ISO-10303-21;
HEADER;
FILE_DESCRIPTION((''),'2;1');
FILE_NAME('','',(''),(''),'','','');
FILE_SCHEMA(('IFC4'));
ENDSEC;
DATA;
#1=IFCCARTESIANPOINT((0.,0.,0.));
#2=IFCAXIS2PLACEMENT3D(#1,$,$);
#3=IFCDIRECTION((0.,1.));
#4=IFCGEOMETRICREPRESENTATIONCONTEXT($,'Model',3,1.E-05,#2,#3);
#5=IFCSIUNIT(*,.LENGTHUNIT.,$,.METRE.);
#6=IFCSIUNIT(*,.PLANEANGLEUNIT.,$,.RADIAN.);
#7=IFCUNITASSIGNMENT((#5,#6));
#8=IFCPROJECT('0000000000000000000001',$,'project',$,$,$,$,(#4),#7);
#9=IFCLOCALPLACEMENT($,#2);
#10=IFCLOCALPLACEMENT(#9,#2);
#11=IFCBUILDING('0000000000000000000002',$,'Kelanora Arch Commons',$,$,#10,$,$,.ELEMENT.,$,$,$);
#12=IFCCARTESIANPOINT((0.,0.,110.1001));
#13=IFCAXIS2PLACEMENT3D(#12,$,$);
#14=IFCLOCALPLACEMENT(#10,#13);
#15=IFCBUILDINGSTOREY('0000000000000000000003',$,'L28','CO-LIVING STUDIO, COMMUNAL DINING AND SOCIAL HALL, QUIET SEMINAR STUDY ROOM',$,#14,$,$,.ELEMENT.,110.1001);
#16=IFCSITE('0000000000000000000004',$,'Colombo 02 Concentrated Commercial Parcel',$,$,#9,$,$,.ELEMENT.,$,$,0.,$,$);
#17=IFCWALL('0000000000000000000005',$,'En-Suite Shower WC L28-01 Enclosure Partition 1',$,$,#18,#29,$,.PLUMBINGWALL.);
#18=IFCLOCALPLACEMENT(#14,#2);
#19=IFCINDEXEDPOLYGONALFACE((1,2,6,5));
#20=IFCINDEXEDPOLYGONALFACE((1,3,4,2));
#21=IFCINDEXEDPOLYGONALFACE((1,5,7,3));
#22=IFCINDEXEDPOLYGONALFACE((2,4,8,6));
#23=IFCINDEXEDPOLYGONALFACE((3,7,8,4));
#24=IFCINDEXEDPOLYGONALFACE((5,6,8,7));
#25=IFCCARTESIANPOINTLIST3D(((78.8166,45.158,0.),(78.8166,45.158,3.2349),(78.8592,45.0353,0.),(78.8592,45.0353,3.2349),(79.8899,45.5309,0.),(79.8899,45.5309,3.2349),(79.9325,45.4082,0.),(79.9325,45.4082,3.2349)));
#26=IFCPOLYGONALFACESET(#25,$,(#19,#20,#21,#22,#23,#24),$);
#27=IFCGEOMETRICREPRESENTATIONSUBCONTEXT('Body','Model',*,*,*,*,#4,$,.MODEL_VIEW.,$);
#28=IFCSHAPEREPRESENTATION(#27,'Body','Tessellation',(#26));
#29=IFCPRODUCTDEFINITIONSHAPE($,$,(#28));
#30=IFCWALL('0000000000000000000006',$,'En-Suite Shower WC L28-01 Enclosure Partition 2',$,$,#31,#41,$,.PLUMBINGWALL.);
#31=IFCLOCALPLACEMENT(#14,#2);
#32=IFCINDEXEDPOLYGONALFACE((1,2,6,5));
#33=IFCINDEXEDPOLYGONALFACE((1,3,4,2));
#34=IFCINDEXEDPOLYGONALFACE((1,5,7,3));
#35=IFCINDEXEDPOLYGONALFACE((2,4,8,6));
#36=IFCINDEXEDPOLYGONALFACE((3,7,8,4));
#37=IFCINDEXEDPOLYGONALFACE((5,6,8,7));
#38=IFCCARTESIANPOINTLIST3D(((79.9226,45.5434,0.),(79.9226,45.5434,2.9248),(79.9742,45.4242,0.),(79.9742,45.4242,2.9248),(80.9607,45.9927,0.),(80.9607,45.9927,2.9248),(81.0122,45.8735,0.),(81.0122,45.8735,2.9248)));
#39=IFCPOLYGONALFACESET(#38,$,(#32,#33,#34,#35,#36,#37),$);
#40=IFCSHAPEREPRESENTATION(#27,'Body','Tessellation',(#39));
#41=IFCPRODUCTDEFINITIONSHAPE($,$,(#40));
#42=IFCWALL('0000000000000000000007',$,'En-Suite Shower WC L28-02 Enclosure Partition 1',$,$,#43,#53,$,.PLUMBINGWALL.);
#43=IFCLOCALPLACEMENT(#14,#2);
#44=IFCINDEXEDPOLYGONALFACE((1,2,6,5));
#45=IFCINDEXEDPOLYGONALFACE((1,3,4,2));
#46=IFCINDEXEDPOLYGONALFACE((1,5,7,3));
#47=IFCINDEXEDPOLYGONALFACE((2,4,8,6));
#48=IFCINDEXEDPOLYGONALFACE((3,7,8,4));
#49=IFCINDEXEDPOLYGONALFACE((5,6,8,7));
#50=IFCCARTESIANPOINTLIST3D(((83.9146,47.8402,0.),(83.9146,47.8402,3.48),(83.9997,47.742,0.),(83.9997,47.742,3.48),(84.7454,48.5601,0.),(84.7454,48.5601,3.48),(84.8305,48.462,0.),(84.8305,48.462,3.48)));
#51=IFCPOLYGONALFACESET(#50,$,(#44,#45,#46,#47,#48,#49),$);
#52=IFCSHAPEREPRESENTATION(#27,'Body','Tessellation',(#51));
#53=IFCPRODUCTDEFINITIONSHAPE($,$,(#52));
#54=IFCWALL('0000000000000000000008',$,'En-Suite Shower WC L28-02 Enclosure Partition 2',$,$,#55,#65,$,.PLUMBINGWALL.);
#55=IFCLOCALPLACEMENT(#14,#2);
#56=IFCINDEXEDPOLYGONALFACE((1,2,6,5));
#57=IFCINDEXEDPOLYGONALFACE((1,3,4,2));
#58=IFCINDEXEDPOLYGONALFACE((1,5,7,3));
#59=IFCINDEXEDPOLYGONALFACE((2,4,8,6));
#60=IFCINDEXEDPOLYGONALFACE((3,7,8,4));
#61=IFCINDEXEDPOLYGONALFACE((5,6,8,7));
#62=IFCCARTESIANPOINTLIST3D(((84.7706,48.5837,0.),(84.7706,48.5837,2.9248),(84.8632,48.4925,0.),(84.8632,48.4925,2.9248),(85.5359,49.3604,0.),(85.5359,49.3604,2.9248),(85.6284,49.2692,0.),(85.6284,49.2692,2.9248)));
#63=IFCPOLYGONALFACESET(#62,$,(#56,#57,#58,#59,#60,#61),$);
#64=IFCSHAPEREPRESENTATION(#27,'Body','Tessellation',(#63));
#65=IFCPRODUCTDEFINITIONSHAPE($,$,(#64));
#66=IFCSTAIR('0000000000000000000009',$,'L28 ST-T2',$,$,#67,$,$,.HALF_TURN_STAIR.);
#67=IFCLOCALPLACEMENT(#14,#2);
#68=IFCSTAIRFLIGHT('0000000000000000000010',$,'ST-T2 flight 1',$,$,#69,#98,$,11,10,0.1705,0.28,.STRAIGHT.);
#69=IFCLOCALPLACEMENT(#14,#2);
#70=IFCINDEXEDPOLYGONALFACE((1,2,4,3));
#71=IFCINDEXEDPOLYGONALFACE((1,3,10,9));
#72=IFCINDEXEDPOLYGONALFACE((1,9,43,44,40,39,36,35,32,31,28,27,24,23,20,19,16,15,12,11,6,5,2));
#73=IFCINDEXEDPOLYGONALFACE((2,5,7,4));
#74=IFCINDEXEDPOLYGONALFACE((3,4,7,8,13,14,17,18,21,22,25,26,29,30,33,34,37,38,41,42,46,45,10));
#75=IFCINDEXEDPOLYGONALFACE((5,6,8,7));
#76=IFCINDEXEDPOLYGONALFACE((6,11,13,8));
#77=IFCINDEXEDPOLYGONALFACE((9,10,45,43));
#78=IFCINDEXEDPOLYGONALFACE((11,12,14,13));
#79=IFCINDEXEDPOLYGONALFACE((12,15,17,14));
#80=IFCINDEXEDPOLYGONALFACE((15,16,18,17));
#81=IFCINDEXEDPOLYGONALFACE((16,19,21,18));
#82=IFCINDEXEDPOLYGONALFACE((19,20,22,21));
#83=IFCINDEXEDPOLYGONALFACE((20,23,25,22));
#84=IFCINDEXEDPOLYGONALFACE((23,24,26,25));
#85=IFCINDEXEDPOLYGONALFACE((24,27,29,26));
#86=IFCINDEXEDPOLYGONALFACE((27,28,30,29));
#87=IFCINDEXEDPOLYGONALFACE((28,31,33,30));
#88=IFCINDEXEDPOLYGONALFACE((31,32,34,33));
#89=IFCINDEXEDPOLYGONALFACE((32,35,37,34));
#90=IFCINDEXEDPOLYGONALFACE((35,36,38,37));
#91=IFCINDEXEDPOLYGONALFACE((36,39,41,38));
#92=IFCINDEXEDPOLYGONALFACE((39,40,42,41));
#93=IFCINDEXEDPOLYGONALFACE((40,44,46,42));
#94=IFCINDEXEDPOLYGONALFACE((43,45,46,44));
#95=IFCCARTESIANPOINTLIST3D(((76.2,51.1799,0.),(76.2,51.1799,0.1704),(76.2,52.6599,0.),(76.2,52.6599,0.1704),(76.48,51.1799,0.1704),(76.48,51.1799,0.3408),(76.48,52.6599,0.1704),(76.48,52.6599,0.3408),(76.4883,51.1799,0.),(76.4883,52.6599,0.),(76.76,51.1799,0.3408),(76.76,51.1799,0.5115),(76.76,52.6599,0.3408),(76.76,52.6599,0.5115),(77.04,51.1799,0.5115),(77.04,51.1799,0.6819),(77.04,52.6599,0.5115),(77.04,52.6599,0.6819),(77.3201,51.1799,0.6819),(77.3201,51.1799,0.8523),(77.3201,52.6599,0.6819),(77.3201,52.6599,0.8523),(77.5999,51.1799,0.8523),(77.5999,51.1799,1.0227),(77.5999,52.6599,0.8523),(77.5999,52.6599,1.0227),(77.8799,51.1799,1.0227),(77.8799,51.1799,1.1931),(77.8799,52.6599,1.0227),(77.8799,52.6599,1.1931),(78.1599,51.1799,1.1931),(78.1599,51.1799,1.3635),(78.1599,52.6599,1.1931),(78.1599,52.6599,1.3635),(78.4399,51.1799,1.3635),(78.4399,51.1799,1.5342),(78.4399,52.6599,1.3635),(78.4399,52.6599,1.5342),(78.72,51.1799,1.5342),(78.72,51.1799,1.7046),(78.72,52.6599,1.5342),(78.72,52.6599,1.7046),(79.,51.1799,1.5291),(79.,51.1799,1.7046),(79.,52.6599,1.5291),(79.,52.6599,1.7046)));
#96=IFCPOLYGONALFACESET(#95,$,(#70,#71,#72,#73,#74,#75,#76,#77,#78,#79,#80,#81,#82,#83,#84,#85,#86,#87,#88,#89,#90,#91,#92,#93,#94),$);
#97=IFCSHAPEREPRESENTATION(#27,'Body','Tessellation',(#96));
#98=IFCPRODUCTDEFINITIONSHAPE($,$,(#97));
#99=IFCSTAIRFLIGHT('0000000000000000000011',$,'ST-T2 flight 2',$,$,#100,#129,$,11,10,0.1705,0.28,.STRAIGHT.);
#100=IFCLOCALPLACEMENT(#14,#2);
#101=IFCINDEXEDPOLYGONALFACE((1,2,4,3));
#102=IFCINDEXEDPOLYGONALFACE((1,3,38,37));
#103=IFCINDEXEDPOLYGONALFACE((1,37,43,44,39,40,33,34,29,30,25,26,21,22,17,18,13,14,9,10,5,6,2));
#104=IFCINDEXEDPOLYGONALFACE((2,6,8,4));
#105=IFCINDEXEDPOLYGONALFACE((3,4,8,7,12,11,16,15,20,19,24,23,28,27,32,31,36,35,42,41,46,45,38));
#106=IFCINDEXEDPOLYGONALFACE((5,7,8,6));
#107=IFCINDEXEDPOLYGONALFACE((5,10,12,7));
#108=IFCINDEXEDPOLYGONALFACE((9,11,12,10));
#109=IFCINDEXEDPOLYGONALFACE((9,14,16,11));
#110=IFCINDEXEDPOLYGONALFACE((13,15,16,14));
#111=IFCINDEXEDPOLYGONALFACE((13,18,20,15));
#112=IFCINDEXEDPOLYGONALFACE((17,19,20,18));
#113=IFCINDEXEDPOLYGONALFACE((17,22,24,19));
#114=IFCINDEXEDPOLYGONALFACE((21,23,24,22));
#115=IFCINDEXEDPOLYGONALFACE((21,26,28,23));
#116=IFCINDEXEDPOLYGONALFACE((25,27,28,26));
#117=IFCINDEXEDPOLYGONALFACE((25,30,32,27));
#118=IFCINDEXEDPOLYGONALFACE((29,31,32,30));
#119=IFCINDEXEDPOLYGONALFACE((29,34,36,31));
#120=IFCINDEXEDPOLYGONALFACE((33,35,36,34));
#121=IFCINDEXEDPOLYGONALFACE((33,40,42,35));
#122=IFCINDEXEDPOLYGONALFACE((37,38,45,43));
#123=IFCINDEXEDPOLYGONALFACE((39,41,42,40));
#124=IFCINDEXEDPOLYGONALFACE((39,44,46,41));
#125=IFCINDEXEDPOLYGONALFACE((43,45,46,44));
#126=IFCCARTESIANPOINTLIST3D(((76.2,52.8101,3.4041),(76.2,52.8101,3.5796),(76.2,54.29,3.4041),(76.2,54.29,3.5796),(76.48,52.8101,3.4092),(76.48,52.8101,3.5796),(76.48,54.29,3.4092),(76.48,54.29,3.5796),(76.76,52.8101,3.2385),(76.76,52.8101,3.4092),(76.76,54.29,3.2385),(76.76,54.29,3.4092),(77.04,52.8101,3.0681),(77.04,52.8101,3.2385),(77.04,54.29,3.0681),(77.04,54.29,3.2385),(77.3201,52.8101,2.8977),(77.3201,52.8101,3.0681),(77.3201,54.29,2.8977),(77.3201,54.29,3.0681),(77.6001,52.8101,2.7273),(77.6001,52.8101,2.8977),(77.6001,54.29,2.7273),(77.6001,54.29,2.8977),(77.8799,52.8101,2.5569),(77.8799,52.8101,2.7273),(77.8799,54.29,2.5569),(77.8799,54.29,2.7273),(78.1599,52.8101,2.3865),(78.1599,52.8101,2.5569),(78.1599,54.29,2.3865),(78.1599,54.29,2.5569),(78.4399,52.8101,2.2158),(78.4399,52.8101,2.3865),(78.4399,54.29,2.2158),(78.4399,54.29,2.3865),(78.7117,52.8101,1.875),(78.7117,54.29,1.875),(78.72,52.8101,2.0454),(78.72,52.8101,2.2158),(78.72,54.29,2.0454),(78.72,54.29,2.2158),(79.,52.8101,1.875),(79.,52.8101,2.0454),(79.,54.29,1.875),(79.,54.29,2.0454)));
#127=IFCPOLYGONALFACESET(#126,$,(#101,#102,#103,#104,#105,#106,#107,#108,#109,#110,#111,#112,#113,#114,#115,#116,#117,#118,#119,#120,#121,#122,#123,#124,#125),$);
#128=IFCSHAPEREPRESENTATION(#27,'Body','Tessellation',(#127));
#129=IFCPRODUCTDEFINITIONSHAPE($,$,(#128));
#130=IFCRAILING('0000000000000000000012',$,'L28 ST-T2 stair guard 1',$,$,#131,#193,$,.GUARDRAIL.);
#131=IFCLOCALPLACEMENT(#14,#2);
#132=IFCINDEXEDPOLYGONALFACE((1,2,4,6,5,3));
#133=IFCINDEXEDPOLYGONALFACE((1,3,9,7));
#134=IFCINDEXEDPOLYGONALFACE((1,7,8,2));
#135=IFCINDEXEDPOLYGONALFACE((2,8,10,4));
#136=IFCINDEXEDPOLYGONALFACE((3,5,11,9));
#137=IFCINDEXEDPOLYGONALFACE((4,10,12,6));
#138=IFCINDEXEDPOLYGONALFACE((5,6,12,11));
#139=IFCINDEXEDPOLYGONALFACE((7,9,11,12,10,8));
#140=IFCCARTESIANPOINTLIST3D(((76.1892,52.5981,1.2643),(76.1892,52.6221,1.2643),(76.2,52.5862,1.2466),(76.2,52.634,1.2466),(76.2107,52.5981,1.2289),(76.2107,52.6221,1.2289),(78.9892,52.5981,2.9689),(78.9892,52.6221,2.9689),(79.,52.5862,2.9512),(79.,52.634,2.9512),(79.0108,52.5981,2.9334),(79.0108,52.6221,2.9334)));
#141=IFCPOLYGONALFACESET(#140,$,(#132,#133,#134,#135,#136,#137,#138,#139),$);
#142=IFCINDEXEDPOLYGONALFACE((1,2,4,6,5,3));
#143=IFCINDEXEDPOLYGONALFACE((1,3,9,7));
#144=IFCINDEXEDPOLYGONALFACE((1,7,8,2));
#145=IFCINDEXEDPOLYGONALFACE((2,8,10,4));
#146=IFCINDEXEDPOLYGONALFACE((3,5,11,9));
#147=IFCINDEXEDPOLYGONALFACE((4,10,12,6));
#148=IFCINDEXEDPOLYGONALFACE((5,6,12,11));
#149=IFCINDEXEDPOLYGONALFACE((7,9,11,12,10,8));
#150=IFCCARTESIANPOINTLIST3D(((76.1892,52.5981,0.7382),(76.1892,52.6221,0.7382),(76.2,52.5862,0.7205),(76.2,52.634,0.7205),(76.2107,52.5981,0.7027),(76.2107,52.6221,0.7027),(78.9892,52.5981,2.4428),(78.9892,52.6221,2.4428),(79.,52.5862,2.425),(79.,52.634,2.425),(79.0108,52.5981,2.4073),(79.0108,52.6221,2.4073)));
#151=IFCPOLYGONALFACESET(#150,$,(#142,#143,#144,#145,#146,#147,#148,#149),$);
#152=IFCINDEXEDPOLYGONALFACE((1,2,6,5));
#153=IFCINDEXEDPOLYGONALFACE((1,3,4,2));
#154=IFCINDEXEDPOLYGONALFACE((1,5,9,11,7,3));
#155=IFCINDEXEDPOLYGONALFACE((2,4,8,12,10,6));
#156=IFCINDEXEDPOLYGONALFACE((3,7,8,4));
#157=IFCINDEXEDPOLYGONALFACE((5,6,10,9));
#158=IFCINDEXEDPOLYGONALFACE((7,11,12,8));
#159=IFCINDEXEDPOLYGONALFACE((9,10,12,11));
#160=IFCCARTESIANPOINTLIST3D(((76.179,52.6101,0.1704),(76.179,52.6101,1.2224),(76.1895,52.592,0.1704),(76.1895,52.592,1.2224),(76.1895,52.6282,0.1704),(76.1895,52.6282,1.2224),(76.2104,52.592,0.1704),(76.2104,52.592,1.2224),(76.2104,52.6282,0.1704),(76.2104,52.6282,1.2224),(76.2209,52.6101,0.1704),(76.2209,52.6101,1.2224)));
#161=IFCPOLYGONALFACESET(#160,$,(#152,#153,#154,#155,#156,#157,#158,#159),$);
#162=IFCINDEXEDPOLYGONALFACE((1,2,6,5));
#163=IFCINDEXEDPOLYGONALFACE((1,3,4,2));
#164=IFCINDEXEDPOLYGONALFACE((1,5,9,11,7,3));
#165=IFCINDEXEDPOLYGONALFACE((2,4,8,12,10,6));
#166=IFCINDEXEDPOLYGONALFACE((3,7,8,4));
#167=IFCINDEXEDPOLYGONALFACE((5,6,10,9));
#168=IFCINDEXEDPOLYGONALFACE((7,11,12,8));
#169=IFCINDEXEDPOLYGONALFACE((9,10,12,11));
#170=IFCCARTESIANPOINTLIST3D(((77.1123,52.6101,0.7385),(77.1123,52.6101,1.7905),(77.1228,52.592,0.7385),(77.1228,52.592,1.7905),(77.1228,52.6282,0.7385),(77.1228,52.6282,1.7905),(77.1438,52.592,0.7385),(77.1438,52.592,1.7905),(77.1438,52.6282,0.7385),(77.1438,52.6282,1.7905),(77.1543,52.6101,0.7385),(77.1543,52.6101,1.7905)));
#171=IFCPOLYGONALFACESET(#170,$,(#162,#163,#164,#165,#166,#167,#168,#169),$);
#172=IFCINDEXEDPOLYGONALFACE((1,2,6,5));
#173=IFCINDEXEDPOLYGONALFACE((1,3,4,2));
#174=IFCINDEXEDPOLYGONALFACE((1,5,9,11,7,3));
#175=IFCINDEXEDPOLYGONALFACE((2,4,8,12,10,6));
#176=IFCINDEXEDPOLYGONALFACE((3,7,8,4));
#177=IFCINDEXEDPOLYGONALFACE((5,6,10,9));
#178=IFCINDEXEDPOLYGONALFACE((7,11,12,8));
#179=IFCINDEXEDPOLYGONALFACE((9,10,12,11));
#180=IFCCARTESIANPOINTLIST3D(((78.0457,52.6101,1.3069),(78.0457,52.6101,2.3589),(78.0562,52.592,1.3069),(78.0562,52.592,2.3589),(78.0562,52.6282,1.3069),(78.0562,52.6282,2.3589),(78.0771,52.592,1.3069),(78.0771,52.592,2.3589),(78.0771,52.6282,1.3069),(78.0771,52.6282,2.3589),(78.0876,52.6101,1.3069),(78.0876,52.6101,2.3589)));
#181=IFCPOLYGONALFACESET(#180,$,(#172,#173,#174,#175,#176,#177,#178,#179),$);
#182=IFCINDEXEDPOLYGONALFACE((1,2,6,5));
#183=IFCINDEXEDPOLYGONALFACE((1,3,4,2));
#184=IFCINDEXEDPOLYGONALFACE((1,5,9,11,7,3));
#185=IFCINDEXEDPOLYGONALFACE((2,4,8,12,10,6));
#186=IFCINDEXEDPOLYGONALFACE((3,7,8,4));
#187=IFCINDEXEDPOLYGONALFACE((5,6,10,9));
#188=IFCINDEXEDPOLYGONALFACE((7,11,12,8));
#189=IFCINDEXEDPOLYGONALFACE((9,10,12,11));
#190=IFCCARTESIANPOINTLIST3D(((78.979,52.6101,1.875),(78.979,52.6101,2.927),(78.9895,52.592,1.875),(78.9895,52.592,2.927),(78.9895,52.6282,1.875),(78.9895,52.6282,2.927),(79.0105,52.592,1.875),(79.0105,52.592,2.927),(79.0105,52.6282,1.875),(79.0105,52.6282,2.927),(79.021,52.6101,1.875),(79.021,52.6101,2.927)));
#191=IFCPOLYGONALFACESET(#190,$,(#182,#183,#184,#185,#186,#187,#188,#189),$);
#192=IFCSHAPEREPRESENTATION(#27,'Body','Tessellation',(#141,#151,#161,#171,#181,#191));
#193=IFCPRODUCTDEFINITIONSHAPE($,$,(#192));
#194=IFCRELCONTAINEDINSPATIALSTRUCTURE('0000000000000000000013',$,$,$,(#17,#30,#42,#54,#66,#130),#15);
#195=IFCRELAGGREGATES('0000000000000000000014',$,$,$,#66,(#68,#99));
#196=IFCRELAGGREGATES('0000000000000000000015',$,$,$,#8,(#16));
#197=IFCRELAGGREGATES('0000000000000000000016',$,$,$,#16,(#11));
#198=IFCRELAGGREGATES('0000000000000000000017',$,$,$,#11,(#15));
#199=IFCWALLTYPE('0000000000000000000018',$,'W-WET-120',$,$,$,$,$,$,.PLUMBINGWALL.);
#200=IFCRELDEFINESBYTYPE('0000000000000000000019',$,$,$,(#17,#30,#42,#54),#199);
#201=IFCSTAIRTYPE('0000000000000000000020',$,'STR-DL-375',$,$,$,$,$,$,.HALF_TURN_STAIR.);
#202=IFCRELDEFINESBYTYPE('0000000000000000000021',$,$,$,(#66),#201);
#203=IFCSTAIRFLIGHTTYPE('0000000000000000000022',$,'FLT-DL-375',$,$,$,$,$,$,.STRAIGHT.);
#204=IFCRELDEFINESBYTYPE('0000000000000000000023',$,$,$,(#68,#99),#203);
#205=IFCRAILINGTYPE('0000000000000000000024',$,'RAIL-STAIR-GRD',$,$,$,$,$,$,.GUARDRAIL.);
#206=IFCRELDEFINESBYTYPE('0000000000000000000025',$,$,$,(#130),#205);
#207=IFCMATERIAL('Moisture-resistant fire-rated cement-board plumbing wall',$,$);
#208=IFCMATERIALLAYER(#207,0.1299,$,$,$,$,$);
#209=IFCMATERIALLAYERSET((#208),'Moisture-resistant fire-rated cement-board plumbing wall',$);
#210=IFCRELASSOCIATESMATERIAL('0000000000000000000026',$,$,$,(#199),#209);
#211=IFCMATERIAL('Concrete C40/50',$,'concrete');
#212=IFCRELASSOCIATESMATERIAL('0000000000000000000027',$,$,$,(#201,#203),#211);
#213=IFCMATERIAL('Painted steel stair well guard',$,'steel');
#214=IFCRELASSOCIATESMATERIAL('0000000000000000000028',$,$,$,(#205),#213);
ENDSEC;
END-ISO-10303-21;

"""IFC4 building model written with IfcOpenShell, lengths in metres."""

from ifc_helpers import new_model, si_unit, direction, frame, frame_2d, origin, place, context, subcontext, project, spatial, polyline, rectangle, outline, extrude, material, layer, layer_set, type_object, element, aggregate, save


model = new_model("IFC4")

# Units and contexts
model_context = context("Model", 3, precision=1e-05, world=origin(), true_north=direction((0.0, 1.0)))
body_context = subcontext(model_context, "Body", "Model", "MODEL_VIEW")
ifc_project = project(units=[si_unit("LENGTHUNIT", "METRE"), si_unit("PLANEANGLEUNIT", "RADIAN")], contexts=[model_context])

# Site, building, storey
site_placement = place(None, origin())
site = spatial("IfcSite", under=ifc_project, at=site_placement, Name="Colombo 02 Concentrated Commercial Parcel", CompositionType="ELEMENT", RefElevation=0.0)
building_placement = place(site_placement, origin())
building = spatial("IfcBuilding", under=site, at=building_placement, Name="Kelanora Arch Commons", CompositionType="ELEMENT")
storey_placement = place(building_placement, frame((0.0, 0.0, 110.1001)))
storey = spatial("IfcBuildingStorey", under=building, at=storey_placement, Name="L28", Description="CO-LIVING STUDIO, COMMUNAL DINING AND SOCIAL HALL, QUIET SEMINAR STUDY ROOM", CompositionType="ELEMENT", Elevation=110.1001)

# Shared definitions
ifc_material_1 = material(Name="Concrete C40/50", Category="concrete")

# Shared definitions
ifc_material_2 = material(Name="Moisture-resistant fire-rated cement-board plumbing wall")
ifc_layer_1 = layer(ifc_material_2, 0.1299)
ifc_layer_set_1 = layer_set([ifc_layer_1], Name="Moisture-resistant fire-rated cement-board plumbing wall")
wall_type_1 = type_object("IfcWallType", Name="W-WET-120", PredefinedType="PLUMBINGWALL", material=ifc_layer_set_1)

# Walls
wall_1_placement = place(storey_placement, frame((78.8379, 45.0967, 0.0), z_axis=(0.0, 0.0, 1.0), x_axis=(0.944633, 0.328129, 0.0)))
element("IfcWall", 1, at=wall_1_placement, inside=storey, type_object=wall_type_1, Name="En-Suite Shower WC L28-01 Enclosure Partition 1", PredefinedType="PLUMBINGWALL", context=body_context, shape_type="SweptSolid", body=[
    extrude(rectangle(XDim=1.1362, YDim=0.1299, at=frame_2d((0.5681, 0.0))), origin(), (0.0, 0.0, 1.0), 3.2349),
])
wall_2_placement = place(storey_placement, frame((79.9485, 45.4839, 0.0), z_axis=(0.0, 0.0, 1.0), x_axis=(0.917755, 0.397147, 0.0)))
element("IfcWall", 2, at=wall_2_placement, inside=storey, type_object=wall_type_1, Name="En-Suite Shower WC L28-01 Enclosure Partition 2", PredefinedType="PLUMBINGWALL", context=body_context, shape_type="SweptSolid", body=[
    extrude(rectangle(XDim=1.1311, YDim=0.1299, at=frame_2d((0.5654, 0.0))), origin(), (0.0, 0.0, 1.0), 2.9248),
])
wall_3_placement = place(storey_placement, frame((83.957, 47.791, 0.0), z_axis=(0.0, 0.0, 1.0), x_axis=(0.755718, 0.654897, 0.0)))
element("IfcWall", 3, at=wall_3_placement, inside=storey, type_object=wall_type_1, Name="En-Suite Shower WC L28-02 Enclosure Partition 1", PredefinedType="PLUMBINGWALL", context=body_context, shape_type="SweptSolid", body=[
    extrude(rectangle(XDim=1.0994, YDim=0.1299, at=frame_2d((0.5498, 0.0))), origin(), (0.0, 0.0, 1.0), 3.48),
])
wall_4_placement = place(storey_placement, frame((84.8169, 48.5381, 0.0), z_axis=(0.0, 0.0, 1.0), x_axis=(0.701825, 0.71235, 0.0)))
element("IfcWall", 4, at=wall_4_placement, inside=storey, type_object=wall_type_1, Name="En-Suite Shower WC L28-02 Enclosure Partition 2", PredefinedType="PLUMBINGWALL", context=body_context, shape_type="SweptSolid", body=[
    extrude(rectangle(XDim=1.0903, YDim=0.1299, at=frame_2d((0.5452, 0.0))), origin(), (0.0, 0.0, 1.0), 2.9248),
])

# Stair, stair flights
stair_type = type_object("IfcStairType", Name="STR-DL-375", PredefinedType="HALF_TURN_STAIR", material=ifc_material_1)
stair_placement = place(storey_placement, origin())
stair = element("IfcStair", 5, at=stair_placement, inside=storey, type_object=stair_type, Name="L28 ST-T2", PredefinedType="HALF_TURN_STAIR")
stair_flight_type = type_object("IfcStairFlightType", Name="FLT-DL-375", PredefinedType="STRAIGHT", material=ifc_material_1)
stair_flight_1_placement = place(storey_placement, frame((76.2, 51.9199, 0.0), z_axis=(0.0, 0.0, 1.0), x_axis=(1.0, 0.0, 0.0)))
stair_flight_1 = element("IfcStairFlight", 6, at=stair_flight_1_placement, type_object=stair_flight_type, Name="ST-T2 flight 1", NumberOfRisers=11, NumberOfTreads=10, PredefinedType="STRAIGHT", RiserHeight=0.1705, TreadLength=0.28, context=body_context, shape_type="SweptSolid", body=[
    extrude(outline(polyline([(0.0, 0.0), (0.0, 0.1704), (0.28, 0.1704), (0.28, 0.3408), (0.5601, 0.3408), (0.5601, 0.5115), (0.8401, 0.5115), (0.8401, 0.6819), (1.1201, 0.6819), (1.1201, 0.8523), (1.3999, 0.8523), (1.3999, 1.0227), (1.6799, 1.0227), (1.6799, 1.1931), (1.96, 1.1931), (1.96, 1.3635), (2.24, 1.3635), (2.24, 1.5342), (2.52, 1.5342), (2.52, 1.7046), (2.8, 1.7046), (2.8, 1.875), (2.8, 1.5291), (0.2883, 0.0), (0.0, 0.0)])), frame((0.0, 0.74, 0.0), z_axis=(0.0, -1.0, 0.0), x_axis=(1.0, 0.0, 0.0)), (0.0, 0.0, 1.0), 1.48),
])
stair_flight_2_placement = place(storey_placement, frame((79.0, 53.55, 1.875), z_axis=(0.0, 0.0, 1.0), x_axis=(-1.0, 0.0, 0.0)))
stair_flight_2 = element("IfcStairFlight", 7, at=stair_flight_2_placement, type_object=stair_flight_type, Name="ST-T2 flight 2", NumberOfRisers=11, NumberOfTreads=10, PredefinedType="STRAIGHT", RiserHeight=0.1705, TreadLength=0.28, context=body_context, shape_type="SweptSolid", body=[
    extrude(outline(polyline([(0.0, 0.0), (0.0, 0.1704), (0.28, 0.1704), (0.28, 0.3408), (0.5601, 0.3408), (0.5601, 0.5115), (0.8401, 0.5115), (0.8401, 0.6819), (1.1201, 0.6819), (1.1201, 0.8523), (1.3999, 0.8523), (1.3999, 1.0227), (1.6799, 1.0227), (1.6799, 1.1931), (1.96, 1.1931), (1.96, 1.3635), (2.24, 1.3635), (2.24, 1.5342), (2.52, 1.5342), (2.52, 1.7046), (2.8, 1.7046), (2.8, 1.875), (2.8, 1.5291), (0.2883, 0.0), (0.0, 0.0)])), frame((0.0, 0.74, 0.0), z_axis=(0.0, -1.0, 0.0), x_axis=(1.0, 0.0, 0.0)), (0.0, 0.0, 1.0), 1.48),
])
aggregate(stair, [stair_flight_1, stair_flight_2])

# Railing
ifc_material_3 = material(Name="Painted steel stair well guard", Category="steel")
railing_type_1 = type_object("IfcRailingType", Name="RAIL-STAIR-GRD", PredefinedType="GUARDRAIL", material=ifc_material_3)
railing_1_placement = place(storey_placement, frame((76.2, 52.6101, 0.1704)))
element("IfcRailing", 8, at=railing_1_placement, inside=storey, type_object=railing_type_1, Name="L28 ST-T2 stair guard 1", PredefinedType="GUARDRAIL", context=body_context, shape_type="SweptSolid", body=[
    extrude(outline(polyline([(0.0239, 0.0), (0.012, 0.0208), (-0.012, 0.0208), (-0.0239, 0.0), (-0.012, -0.0208), (0.012, -0.0208), (0.0239, 0.0)])), frame((0.0, 0.0, 1.0762), z_axis=(0.85417, 0.0, 0.519994), x_axis=(0.0, 1.0, 0.0)), (0.0, 0.0, 1.0), 3.2781),
    extrude(outline(polyline([(0.0239, 0.0), (0.012, 0.0208), (-0.012, 0.0208), (-0.0239, 0.0), (-0.012, -0.0208), (0.012, -0.0208), (0.0239, 0.0)])), frame((0.0, 0.0, 0.55), z_axis=(0.85417, 0.0, 0.519994), x_axis=(0.0, 1.0, 0.0)), (0.0, 0.0, 1.0), 3.2781),
    extrude(outline(polyline([(0.021, 0.0), (0.0105, 0.0181), (-0.0105, 0.0181), (-0.021, 0.0), (-0.0105, -0.0181), (0.0105, -0.0181), (0.021, 0.0)])), origin(), (0.0, 0.0, 1.0), 1.052),
    extrude(outline(polyline([(0.021, 0.0), (0.0105, 0.0181), (-0.0105, 0.0181), (-0.021, 0.0), (-0.0105, -0.0181), (0.0105, -0.0181), (0.021, 0.0)])), frame((0.9333, 0.0, 0.5681)), (0.0, 0.0, 1.0), 1.052),
    extrude(outline(polyline([(0.021, 0.0), (0.0105, 0.0181), (-0.0105, 0.0181), (-0.021, 0.0), (-0.0105, -0.0181), (0.0105, -0.0181), (0.021, 0.0)])), frame((1.8667, 0.0, 1.1365)), (0.0, 0.0, 1.0), 1.052),
    extrude(outline(polyline([(0.021, 0.0), (0.0105, 0.0181), (-0.0105, 0.0181), (-0.021, 0.0), (-0.0105, -0.0181), (0.0105, -0.0181), (0.021, 0.0)])), frame((2.8, 0.0, 1.7046)), (0.0, 0.0, 1.0), 1.052),
])

save(model, "model.ifc")
